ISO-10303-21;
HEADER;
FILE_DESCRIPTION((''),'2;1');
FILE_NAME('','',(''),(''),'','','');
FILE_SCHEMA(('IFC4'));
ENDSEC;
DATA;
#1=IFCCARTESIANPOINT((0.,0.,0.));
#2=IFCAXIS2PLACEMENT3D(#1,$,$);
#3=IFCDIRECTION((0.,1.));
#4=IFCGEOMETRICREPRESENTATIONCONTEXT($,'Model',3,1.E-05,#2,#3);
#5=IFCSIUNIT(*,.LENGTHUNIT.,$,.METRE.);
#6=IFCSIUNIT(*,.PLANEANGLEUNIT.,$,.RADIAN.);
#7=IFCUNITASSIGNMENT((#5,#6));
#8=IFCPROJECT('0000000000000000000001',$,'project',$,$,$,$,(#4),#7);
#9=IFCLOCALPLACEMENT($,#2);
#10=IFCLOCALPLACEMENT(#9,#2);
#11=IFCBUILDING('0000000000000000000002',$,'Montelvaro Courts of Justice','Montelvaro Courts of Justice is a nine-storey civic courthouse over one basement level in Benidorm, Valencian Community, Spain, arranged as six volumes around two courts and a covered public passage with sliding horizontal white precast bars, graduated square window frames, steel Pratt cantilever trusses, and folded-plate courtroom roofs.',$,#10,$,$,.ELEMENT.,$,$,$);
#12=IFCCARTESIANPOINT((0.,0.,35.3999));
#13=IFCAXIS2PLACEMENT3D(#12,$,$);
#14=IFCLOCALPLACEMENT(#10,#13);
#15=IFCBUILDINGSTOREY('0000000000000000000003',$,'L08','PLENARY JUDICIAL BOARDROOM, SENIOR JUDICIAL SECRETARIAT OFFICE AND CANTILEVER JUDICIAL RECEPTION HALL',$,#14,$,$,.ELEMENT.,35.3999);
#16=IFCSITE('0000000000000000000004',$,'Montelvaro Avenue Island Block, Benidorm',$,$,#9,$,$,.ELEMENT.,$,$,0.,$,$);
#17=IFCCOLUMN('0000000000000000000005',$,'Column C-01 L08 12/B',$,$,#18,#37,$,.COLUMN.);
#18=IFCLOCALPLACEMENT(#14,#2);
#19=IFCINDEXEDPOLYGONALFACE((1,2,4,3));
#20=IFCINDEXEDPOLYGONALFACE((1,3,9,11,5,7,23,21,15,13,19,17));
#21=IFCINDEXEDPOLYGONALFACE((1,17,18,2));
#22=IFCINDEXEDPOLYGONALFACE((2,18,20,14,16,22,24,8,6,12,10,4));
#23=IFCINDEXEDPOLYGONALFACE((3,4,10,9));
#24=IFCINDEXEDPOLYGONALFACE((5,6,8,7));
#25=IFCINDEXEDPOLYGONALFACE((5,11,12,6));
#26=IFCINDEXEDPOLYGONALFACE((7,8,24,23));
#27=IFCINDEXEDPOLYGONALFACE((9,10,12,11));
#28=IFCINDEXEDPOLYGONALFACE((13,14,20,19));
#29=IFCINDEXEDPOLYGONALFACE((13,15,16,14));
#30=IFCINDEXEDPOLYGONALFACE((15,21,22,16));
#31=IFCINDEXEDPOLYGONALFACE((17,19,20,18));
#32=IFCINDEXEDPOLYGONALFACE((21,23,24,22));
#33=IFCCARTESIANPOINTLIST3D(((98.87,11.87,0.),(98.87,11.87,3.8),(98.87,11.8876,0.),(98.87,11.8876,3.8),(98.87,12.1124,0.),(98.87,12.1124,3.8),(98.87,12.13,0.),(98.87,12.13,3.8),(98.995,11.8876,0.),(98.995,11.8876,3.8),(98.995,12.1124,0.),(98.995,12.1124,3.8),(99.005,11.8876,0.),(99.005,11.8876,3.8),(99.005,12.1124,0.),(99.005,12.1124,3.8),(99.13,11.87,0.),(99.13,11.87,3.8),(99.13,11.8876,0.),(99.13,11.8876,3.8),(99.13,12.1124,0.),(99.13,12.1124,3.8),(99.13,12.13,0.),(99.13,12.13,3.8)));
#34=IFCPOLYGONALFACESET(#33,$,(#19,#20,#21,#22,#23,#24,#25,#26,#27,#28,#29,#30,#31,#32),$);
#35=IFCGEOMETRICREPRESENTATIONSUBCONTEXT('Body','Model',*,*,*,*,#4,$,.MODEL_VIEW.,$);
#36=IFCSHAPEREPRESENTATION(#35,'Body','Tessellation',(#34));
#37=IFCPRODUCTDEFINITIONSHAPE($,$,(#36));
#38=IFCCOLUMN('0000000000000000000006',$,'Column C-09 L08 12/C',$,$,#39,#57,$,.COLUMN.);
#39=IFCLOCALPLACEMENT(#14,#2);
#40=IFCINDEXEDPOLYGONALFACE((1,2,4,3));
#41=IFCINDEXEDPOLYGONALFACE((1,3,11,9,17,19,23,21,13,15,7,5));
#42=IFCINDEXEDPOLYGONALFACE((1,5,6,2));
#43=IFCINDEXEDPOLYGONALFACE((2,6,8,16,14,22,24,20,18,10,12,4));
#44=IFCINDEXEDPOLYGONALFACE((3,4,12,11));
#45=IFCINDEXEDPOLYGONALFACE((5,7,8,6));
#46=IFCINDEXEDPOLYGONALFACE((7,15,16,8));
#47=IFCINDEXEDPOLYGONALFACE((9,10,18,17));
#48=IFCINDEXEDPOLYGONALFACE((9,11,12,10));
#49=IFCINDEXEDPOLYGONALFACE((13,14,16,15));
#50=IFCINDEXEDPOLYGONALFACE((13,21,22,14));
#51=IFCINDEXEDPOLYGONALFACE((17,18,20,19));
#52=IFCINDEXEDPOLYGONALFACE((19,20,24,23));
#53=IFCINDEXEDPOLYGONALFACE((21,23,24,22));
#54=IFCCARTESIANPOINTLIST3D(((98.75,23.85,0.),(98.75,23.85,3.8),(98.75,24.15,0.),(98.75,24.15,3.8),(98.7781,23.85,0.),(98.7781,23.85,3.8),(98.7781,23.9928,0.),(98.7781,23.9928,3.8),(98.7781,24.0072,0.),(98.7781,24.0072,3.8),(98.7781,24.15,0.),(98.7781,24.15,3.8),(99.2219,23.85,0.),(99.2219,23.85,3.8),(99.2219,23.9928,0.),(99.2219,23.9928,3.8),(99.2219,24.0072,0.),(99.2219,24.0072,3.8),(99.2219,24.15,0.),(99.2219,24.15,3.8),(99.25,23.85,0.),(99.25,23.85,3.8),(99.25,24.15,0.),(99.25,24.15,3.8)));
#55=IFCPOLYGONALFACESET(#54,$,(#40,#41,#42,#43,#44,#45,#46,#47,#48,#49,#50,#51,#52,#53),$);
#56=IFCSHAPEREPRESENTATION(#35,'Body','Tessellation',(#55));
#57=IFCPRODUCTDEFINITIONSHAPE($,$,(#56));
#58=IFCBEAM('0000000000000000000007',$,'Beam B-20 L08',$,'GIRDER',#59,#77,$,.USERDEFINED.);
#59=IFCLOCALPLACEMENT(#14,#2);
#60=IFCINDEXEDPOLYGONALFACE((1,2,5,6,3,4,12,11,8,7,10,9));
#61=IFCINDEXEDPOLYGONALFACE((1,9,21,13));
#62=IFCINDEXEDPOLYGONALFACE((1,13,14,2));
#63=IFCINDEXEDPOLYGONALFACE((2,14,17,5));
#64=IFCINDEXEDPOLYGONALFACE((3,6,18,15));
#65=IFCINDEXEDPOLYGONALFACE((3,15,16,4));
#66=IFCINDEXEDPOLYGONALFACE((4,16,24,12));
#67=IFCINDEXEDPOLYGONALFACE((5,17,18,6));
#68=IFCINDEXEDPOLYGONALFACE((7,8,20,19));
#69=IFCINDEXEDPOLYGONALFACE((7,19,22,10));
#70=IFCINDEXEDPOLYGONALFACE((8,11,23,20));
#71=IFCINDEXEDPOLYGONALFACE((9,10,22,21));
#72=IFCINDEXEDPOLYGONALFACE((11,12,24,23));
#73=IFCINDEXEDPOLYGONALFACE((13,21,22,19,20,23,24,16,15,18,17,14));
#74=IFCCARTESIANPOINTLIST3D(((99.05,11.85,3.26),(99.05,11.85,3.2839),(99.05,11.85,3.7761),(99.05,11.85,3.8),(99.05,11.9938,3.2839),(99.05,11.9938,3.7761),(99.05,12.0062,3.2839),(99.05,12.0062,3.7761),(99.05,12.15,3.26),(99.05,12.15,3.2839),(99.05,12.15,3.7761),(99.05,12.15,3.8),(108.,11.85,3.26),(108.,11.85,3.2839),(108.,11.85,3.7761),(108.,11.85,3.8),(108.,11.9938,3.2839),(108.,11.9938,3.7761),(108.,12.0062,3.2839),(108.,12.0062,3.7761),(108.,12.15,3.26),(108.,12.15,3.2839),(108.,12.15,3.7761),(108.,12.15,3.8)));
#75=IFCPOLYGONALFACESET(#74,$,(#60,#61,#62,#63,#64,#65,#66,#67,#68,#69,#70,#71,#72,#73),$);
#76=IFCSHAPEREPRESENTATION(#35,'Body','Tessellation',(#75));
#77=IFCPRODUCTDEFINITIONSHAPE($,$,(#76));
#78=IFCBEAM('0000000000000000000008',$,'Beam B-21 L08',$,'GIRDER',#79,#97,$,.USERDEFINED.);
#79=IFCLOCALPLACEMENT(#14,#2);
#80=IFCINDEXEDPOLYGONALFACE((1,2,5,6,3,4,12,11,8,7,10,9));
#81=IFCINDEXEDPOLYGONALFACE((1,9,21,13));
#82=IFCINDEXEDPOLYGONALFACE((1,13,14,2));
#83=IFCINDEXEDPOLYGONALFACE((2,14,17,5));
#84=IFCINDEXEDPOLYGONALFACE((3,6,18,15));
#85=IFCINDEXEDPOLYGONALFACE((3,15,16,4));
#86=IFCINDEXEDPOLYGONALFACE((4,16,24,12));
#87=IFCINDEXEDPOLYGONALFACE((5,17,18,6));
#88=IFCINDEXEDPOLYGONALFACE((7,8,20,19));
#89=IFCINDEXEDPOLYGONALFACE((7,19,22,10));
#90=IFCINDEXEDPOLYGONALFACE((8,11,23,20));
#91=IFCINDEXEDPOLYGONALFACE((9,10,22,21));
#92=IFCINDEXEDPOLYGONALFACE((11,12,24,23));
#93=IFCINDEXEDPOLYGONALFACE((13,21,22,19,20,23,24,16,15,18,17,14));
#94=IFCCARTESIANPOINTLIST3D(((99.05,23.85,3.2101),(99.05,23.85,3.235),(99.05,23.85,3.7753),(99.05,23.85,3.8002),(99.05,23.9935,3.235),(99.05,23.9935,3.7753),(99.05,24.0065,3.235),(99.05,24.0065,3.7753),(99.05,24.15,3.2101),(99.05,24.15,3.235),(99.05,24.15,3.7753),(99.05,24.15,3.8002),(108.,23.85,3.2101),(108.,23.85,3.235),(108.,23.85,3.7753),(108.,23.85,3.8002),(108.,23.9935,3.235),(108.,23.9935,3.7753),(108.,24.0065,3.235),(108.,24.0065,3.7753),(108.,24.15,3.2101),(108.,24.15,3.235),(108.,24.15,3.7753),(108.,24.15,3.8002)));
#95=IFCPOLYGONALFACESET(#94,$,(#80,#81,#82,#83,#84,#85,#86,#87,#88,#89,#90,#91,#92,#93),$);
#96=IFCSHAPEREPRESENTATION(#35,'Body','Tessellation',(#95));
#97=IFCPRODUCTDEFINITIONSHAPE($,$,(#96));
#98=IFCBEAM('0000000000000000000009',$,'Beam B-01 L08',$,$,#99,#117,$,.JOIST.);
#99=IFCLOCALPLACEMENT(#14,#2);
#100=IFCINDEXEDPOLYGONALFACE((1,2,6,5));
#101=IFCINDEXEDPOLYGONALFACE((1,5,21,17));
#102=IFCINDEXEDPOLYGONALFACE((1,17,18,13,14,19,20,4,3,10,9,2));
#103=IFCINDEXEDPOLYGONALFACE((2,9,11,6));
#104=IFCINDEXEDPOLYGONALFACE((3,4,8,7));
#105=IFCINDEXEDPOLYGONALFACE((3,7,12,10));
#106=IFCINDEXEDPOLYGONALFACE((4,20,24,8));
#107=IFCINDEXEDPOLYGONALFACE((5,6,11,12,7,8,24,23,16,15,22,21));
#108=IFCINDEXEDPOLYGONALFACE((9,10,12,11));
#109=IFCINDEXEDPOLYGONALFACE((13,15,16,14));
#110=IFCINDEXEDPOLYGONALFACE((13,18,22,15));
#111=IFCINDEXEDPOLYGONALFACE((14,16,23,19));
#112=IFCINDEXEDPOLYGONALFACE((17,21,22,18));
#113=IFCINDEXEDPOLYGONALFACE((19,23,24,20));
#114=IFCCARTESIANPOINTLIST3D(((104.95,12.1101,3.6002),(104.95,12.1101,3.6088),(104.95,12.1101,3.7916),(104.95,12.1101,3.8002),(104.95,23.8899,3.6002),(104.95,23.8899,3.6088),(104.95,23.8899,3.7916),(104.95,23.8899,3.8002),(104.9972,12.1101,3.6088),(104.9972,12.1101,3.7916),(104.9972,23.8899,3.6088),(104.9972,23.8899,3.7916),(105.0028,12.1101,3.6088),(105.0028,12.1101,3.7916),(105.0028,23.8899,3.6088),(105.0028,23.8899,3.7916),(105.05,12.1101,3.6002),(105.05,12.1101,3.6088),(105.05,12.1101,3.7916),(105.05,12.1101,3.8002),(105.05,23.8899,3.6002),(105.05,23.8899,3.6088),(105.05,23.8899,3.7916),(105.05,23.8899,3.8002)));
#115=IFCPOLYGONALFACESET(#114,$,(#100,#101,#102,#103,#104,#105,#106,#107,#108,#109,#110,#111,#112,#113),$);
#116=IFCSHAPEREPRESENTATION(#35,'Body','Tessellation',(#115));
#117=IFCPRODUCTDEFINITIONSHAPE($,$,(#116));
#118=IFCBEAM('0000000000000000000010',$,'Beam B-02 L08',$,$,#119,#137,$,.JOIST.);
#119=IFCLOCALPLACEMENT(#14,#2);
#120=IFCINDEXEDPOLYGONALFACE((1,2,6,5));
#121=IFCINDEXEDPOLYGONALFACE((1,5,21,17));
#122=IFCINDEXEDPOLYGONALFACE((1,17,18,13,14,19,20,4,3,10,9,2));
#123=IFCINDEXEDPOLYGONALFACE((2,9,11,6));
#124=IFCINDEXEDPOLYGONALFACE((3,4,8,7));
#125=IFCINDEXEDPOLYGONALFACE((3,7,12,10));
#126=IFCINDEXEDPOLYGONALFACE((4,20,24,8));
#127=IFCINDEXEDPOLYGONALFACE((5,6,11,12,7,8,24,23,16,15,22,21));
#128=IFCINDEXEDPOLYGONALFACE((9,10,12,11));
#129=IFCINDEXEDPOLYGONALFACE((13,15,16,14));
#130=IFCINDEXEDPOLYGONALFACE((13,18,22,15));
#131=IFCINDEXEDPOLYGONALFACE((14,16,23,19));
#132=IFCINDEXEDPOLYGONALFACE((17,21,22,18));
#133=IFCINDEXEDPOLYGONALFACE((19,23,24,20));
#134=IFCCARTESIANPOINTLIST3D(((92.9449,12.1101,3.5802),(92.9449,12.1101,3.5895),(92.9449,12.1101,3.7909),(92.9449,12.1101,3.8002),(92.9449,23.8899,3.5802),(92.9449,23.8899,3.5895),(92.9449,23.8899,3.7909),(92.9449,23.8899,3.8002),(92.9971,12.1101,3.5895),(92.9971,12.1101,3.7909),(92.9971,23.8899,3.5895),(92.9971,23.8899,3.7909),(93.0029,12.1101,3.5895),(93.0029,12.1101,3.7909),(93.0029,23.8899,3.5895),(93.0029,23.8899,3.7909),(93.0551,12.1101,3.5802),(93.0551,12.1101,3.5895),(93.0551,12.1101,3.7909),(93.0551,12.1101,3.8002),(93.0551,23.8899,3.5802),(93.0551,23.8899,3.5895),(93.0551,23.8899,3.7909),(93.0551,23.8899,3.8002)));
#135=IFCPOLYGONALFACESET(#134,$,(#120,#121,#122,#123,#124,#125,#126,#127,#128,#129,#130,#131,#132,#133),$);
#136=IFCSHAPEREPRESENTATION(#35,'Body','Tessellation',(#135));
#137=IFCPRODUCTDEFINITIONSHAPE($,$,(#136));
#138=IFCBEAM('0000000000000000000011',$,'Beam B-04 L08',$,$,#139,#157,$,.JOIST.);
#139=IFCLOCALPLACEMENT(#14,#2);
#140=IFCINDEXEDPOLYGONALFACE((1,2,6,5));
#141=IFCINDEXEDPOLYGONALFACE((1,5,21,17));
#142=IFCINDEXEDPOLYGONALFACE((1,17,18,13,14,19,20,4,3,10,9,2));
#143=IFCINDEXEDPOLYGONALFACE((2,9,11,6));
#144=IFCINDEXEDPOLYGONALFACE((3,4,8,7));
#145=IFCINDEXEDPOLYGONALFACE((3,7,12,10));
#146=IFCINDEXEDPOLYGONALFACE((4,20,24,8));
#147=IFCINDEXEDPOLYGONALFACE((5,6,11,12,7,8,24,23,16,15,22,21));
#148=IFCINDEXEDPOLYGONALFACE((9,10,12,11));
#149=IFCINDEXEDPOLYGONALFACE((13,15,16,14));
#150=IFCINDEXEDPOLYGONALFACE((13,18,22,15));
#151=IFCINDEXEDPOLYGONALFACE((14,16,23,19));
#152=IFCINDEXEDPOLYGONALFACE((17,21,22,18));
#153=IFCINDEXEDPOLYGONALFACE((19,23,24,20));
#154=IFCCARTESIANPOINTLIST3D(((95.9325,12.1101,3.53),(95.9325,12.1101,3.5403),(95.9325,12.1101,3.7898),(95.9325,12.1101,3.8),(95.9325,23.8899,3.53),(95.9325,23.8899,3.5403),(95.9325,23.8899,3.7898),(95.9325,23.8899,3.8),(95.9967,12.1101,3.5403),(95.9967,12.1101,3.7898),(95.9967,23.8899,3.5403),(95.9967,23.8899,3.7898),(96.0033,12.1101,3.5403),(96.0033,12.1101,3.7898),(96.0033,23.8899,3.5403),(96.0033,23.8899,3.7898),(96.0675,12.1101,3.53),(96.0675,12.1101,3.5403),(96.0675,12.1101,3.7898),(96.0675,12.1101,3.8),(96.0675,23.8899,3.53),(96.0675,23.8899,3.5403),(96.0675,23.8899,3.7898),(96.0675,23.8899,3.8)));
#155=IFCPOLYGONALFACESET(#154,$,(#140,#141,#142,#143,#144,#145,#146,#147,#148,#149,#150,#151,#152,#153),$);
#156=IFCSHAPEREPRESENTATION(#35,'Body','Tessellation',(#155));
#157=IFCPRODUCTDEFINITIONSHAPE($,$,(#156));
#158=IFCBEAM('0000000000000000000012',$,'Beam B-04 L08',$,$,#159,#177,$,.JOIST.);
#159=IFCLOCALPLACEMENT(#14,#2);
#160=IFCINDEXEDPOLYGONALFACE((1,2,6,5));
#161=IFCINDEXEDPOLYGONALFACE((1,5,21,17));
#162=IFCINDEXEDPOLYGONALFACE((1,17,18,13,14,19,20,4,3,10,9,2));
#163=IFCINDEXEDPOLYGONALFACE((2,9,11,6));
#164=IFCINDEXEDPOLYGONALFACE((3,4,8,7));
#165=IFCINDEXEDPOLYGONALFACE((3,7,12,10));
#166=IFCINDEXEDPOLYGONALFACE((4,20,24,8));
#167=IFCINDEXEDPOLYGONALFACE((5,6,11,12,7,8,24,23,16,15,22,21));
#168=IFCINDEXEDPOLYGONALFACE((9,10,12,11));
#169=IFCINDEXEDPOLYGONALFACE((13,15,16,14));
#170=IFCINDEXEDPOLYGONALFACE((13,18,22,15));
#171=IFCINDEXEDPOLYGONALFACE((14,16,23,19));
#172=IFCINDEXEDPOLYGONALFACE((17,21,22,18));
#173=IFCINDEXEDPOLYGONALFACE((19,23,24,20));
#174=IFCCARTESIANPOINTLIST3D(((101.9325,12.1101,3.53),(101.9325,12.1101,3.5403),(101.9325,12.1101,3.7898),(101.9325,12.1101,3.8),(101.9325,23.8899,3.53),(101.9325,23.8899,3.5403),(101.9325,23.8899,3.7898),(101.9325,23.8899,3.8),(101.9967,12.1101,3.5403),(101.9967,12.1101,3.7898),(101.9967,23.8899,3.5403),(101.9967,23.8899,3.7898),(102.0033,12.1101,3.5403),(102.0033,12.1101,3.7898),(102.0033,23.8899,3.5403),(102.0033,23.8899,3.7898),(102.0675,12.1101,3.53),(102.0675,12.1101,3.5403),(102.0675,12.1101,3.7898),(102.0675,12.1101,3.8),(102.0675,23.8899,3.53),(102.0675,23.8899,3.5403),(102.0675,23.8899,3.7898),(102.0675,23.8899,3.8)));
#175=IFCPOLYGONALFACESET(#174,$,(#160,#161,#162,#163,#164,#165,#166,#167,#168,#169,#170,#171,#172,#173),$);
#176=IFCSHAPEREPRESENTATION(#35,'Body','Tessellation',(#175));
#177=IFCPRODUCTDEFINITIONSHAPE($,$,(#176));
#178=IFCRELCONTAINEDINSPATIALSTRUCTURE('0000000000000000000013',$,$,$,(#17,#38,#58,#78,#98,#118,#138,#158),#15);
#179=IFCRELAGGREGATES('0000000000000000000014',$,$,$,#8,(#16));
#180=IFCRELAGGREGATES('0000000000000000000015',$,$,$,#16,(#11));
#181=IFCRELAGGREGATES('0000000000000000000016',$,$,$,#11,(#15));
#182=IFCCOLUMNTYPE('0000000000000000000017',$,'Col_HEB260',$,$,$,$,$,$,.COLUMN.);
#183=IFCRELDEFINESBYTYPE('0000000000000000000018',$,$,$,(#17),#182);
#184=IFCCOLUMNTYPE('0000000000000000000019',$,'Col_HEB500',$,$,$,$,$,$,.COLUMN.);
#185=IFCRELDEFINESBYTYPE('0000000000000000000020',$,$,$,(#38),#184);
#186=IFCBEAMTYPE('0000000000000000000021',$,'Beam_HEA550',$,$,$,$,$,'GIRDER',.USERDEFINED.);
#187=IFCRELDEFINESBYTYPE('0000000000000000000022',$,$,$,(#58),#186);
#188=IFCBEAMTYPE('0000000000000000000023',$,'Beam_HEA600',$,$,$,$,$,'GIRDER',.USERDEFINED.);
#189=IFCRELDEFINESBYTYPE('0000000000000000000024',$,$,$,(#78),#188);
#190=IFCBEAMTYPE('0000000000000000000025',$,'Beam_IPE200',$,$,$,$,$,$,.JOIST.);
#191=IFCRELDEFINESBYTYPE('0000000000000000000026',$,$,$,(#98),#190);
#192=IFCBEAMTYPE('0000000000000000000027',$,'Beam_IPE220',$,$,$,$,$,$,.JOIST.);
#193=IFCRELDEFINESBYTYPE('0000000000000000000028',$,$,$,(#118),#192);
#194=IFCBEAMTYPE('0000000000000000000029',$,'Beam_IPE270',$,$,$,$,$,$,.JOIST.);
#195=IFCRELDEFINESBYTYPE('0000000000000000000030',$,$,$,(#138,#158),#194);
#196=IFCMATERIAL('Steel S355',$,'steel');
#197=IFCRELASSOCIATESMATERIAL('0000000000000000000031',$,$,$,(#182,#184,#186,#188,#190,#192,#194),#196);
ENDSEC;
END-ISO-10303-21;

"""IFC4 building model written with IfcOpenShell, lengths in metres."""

from ifc_helpers import new_model, si_unit, direction, frame, origin, origin_2d, place, context, subcontext, project, spatial, i_section, extrude, material, material_profile, profile_set, type_object, element, save


model = new_model("IFC4")

# Units and contexts
model_context = context("Model", 3, precision=1e-05, world=origin(), true_north=direction((0.0, 1.0)))
body_context = subcontext(model_context, "Body", "Model", "MODEL_VIEW")
ifc_project = project(units=[si_unit("LENGTHUNIT", "METRE"), si_unit("PLANEANGLEUNIT", "RADIAN")], contexts=[model_context])

# Site, building, storey
site_placement = place(None, origin())
site = spatial("IfcSite", under=ifc_project, at=site_placement, Name="Montelvaro Avenue Island Block, Benidorm", CompositionType="ELEMENT", RefElevation=0.0)
building_placement = place(site_placement, origin())
building = spatial("IfcBuilding", under=site, at=building_placement, Name="Montelvaro Courts of Justice", Description="Montelvaro Courts of Justice is a nine-storey civic courthouse over one basement level in Benidorm, Valencian Community, Spain, arranged as six volumes around two courts and a covered public passage with sliding horizontal white precast bars, graduated square window frames, steel Pratt cantilever trusses, and folded-plate courtroom roofs.", CompositionType="ELEMENT")
storey_placement = place(building_placement, frame((0.0, 0.0, 35.3999)))
storey = spatial("IfcBuildingStorey", under=building, at=storey_placement, Name="L08", Description="PLENARY JUDICIAL BOARDROOM, SENIOR JUDICIAL SECRETARIAT OFFICE AND CANTILEVER JUDICIAL RECEPTION HALL", CompositionType="ELEMENT", Elevation=35.3999)

# Columns
ifc_material_1 = material(Name="Steel S355", Category="steel")
ifc_material_profile_1 = material_profile(ifc_material_1, i_section(OverallWidth=0.26, OverallDepth=0.26, WebThickness=0.01, FlangeThickness=0.0176, at=origin_2d()), Name="HEB 260")
ifc_profile_set_1 = profile_set([ifc_material_profile_1], Name="Steel S355")
column_type_1 = type_object("IfcColumnType", Name="Col_HEB260", PredefinedType="COLUMN", material=ifc_profile_set_1)
column_1_placement = place(storey_placement, frame((99.0, 12.0, 0.0), z_axis=(0.0, 0.0, 1.0), x_axis=(1.0, 0.0, 0.0)))
element("IfcColumn", 1, at=column_1_placement, inside=storey, type_object=column_type_1, Name="Column C-01 L08 12/B", PredefinedType="COLUMN", context=body_context, shape_type="SweptSolid", body=[
    extrude(i_section(OverallWidth=0.26, OverallDepth=0.26, WebThickness=0.01, FlangeThickness=0.0176, at=origin_2d()), origin(), (0.0, 0.0, 1.0), 3.8),
])
ifc_material_profile_2 = material_profile(ifc_material_1, i_section(OverallWidth=0.3, OverallDepth=0.5, WebThickness=0.0144, FlangeThickness=0.0281, at=origin_2d()), Name="HEB 500")
ifc_profile_set_2 = profile_set([ifc_material_profile_2], Name="Steel S355")
column_type_2 = type_object("IfcColumnType", Name="Col_HEB500", PredefinedType="COLUMN", material=ifc_profile_set_2)
column_2_placement = place(storey_placement, frame((99.0, 24.0, 0.0), z_axis=(0.0, 0.0, 1.0), x_axis=(0.0, 1.0, 0.0)))
element("IfcColumn", 2, at=column_2_placement, inside=storey, type_object=column_type_2, Name="Column C-09 L08 12/C", PredefinedType="COLUMN", context=body_context, shape_type="SweptSolid", body=[
    extrude(i_section(OverallWidth=0.3, OverallDepth=0.5, WebThickness=0.0144, FlangeThickness=0.0281, at=origin_2d()), origin(), (0.0, 0.0, 1.0), 3.8),
])

# Beams
ifc_material_profile_3 = material_profile(ifc_material_1, i_section(OverallWidth=0.3, OverallDepth=0.54, WebThickness=0.0125, FlangeThickness=0.0239, at=origin_2d()), Name="HEA 550")
ifc_profile_set_3 = profile_set([ifc_material_profile_3], Name="Steel S355")
beam_type_1 = type_object("IfcBeamType", Name="Beam_HEA550", ElementType="GIRDER", PredefinedType="USERDEFINED", material=ifc_profile_set_3)
beam_1_placement = place(storey_placement, frame((99.05, 12.0, 3.53), z_axis=(1.0, 0.0, 0.0), x_axis=(0.0, 1.0, 0.0)))
element("IfcBeam", 3, at=beam_1_placement, inside=storey, type_object=beam_type_1, Name="Beam B-20 L08", ObjectType="GIRDER", PredefinedType="USERDEFINED", context=body_context, shape_type="SweptSolid", body=[
    extrude(i_section(OverallWidth=0.3, OverallDepth=0.54, WebThickness=0.0125, FlangeThickness=0.0239, at=origin_2d()), origin(), (0.0, 0.0, 1.0), 8.95),
])
ifc_material_profile_4 = material_profile(ifc_material_1, i_section(OverallWidth=0.3, OverallDepth=0.5901, WebThickness=0.0129, FlangeThickness=0.0249, at=origin_2d()), Name="HEA 600")
ifc_profile_set_4 = profile_set([ifc_material_profile_4], Name="Steel S355")
beam_type_2 = type_object("IfcBeamType", Name="Beam_HEA600", ElementType="GIRDER", PredefinedType="USERDEFINED", material=ifc_profile_set_4)
beam_2_placement = place(storey_placement, frame((99.05, 24.0, 3.5051), z_axis=(1.0, 0.0, 0.0), x_axis=(0.0, 1.0, 0.0)))
element("IfcBeam", 4, at=beam_2_placement, inside=storey, type_object=beam_type_2, Name="Beam B-21 L08", ObjectType="GIRDER", PredefinedType="USERDEFINED", context=body_context, shape_type="SweptSolid", body=[
    extrude(i_section(OverallWidth=0.3, OverallDepth=0.5901, WebThickness=0.0129, FlangeThickness=0.0249, at=origin_2d()), origin(), (0.0, 0.0, 1.0), 8.95),
])
ifc_material_profile_5 = material_profile(ifc_material_1, i_section(OverallWidth=0.1001, OverallDepth=0.2, WebThickness=0.0056, FlangeThickness=0.0085, at=origin_2d()), Name="IPE 200")
ifc_profile_set_5 = profile_set([ifc_material_profile_5], Name="Steel S355")
beam_type_3 = type_object("IfcBeamType", Name="Beam_IPE200", PredefinedType="JOIST", material=ifc_profile_set_5)
beam_3_placement = place(storey_placement, frame((105.0, 12.1101, 3.7002), z_axis=(0.0, 1.0, 0.0), x_axis=(-1.0, 0.0, 0.0)))
element("IfcBeam", 5, at=beam_3_placement, inside=storey, type_object=beam_type_3, Name="Beam B-01 L08", PredefinedType="JOIST", context=body_context, shape_type="SweptSolid", body=[
    extrude(i_section(OverallWidth=0.1001, OverallDepth=0.2, WebThickness=0.0056, FlangeThickness=0.0085, at=origin_2d()), origin(), (0.0, 0.0, 1.0), 11.7798),
])
ifc_material_profile_6 = material_profile(ifc_material_1, i_section(OverallWidth=0.1101, OverallDepth=0.22, WebThickness=0.0059, FlangeThickness=0.0093, at=origin_2d()), Name="IPE 220")
ifc_profile_set_6 = profile_set([ifc_material_profile_6], Name="Steel S355")
beam_type_4 = type_object("IfcBeamType", Name="Beam_IPE220", PredefinedType="JOIST", material=ifc_profile_set_6)
beam_4_placement = place(storey_placement, frame((93.0, 12.1101, 3.6902), z_axis=(0.0, 1.0, 0.0), x_axis=(-1.0, 0.0, 0.0)))
element("IfcBeam", 6, at=beam_4_placement, inside=storey, type_object=beam_type_4, Name="Beam B-02 L08", PredefinedType="JOIST", context=body_context, shape_type="SweptSolid", body=[
    extrude(i_section(OverallWidth=0.1101, OverallDepth=0.22, WebThickness=0.0059, FlangeThickness=0.0093, at=origin_2d()), origin(), (0.0, 0.0, 1.0), 11.7798),
])
ifc_material_profile_7 = material_profile(ifc_material_1, i_section(OverallWidth=0.135, OverallDepth=0.27, WebThickness=0.0066, FlangeThickness=0.0103, at=origin_2d()), Name="IPE 270")
ifc_profile_set_7 = profile_set([ifc_material_profile_7], Name="Steel S355")
beam_type_5 = type_object("IfcBeamType", Name="Beam_IPE270", PredefinedType="JOIST", material=ifc_profile_set_7)
for number, where, z_axis, x_axis, name in (
    (7, (96.0, 12.1101, 3.665), (0.0, 1.0, 0.0), (-1.0, 0.0, 0.0), "Beam B-04 L08"),
    (8, (102.0, 12.1101, 3.665), (0.0, 1.0, 0.0), (-1.0, 0.0, 0.0), "Beam B-04 L08"),
):
    element("IfcBeam", number, at=place(storey_placement, frame(where, z_axis=z_axis, x_axis=x_axis)), inside=storey, type_object=beam_type_5, Name=name, PredefinedType="JOIST", context=body_context, shape_type="SweptSolid", body=[
        extrude(i_section(OverallWidth=0.135, OverallDepth=0.27, WebThickness=0.0066, FlangeThickness=0.0103, at=origin_2d()), origin(), (0.0, 0.0, 1.0), 11.7798),
    ])

save(model, "model.ifc")
